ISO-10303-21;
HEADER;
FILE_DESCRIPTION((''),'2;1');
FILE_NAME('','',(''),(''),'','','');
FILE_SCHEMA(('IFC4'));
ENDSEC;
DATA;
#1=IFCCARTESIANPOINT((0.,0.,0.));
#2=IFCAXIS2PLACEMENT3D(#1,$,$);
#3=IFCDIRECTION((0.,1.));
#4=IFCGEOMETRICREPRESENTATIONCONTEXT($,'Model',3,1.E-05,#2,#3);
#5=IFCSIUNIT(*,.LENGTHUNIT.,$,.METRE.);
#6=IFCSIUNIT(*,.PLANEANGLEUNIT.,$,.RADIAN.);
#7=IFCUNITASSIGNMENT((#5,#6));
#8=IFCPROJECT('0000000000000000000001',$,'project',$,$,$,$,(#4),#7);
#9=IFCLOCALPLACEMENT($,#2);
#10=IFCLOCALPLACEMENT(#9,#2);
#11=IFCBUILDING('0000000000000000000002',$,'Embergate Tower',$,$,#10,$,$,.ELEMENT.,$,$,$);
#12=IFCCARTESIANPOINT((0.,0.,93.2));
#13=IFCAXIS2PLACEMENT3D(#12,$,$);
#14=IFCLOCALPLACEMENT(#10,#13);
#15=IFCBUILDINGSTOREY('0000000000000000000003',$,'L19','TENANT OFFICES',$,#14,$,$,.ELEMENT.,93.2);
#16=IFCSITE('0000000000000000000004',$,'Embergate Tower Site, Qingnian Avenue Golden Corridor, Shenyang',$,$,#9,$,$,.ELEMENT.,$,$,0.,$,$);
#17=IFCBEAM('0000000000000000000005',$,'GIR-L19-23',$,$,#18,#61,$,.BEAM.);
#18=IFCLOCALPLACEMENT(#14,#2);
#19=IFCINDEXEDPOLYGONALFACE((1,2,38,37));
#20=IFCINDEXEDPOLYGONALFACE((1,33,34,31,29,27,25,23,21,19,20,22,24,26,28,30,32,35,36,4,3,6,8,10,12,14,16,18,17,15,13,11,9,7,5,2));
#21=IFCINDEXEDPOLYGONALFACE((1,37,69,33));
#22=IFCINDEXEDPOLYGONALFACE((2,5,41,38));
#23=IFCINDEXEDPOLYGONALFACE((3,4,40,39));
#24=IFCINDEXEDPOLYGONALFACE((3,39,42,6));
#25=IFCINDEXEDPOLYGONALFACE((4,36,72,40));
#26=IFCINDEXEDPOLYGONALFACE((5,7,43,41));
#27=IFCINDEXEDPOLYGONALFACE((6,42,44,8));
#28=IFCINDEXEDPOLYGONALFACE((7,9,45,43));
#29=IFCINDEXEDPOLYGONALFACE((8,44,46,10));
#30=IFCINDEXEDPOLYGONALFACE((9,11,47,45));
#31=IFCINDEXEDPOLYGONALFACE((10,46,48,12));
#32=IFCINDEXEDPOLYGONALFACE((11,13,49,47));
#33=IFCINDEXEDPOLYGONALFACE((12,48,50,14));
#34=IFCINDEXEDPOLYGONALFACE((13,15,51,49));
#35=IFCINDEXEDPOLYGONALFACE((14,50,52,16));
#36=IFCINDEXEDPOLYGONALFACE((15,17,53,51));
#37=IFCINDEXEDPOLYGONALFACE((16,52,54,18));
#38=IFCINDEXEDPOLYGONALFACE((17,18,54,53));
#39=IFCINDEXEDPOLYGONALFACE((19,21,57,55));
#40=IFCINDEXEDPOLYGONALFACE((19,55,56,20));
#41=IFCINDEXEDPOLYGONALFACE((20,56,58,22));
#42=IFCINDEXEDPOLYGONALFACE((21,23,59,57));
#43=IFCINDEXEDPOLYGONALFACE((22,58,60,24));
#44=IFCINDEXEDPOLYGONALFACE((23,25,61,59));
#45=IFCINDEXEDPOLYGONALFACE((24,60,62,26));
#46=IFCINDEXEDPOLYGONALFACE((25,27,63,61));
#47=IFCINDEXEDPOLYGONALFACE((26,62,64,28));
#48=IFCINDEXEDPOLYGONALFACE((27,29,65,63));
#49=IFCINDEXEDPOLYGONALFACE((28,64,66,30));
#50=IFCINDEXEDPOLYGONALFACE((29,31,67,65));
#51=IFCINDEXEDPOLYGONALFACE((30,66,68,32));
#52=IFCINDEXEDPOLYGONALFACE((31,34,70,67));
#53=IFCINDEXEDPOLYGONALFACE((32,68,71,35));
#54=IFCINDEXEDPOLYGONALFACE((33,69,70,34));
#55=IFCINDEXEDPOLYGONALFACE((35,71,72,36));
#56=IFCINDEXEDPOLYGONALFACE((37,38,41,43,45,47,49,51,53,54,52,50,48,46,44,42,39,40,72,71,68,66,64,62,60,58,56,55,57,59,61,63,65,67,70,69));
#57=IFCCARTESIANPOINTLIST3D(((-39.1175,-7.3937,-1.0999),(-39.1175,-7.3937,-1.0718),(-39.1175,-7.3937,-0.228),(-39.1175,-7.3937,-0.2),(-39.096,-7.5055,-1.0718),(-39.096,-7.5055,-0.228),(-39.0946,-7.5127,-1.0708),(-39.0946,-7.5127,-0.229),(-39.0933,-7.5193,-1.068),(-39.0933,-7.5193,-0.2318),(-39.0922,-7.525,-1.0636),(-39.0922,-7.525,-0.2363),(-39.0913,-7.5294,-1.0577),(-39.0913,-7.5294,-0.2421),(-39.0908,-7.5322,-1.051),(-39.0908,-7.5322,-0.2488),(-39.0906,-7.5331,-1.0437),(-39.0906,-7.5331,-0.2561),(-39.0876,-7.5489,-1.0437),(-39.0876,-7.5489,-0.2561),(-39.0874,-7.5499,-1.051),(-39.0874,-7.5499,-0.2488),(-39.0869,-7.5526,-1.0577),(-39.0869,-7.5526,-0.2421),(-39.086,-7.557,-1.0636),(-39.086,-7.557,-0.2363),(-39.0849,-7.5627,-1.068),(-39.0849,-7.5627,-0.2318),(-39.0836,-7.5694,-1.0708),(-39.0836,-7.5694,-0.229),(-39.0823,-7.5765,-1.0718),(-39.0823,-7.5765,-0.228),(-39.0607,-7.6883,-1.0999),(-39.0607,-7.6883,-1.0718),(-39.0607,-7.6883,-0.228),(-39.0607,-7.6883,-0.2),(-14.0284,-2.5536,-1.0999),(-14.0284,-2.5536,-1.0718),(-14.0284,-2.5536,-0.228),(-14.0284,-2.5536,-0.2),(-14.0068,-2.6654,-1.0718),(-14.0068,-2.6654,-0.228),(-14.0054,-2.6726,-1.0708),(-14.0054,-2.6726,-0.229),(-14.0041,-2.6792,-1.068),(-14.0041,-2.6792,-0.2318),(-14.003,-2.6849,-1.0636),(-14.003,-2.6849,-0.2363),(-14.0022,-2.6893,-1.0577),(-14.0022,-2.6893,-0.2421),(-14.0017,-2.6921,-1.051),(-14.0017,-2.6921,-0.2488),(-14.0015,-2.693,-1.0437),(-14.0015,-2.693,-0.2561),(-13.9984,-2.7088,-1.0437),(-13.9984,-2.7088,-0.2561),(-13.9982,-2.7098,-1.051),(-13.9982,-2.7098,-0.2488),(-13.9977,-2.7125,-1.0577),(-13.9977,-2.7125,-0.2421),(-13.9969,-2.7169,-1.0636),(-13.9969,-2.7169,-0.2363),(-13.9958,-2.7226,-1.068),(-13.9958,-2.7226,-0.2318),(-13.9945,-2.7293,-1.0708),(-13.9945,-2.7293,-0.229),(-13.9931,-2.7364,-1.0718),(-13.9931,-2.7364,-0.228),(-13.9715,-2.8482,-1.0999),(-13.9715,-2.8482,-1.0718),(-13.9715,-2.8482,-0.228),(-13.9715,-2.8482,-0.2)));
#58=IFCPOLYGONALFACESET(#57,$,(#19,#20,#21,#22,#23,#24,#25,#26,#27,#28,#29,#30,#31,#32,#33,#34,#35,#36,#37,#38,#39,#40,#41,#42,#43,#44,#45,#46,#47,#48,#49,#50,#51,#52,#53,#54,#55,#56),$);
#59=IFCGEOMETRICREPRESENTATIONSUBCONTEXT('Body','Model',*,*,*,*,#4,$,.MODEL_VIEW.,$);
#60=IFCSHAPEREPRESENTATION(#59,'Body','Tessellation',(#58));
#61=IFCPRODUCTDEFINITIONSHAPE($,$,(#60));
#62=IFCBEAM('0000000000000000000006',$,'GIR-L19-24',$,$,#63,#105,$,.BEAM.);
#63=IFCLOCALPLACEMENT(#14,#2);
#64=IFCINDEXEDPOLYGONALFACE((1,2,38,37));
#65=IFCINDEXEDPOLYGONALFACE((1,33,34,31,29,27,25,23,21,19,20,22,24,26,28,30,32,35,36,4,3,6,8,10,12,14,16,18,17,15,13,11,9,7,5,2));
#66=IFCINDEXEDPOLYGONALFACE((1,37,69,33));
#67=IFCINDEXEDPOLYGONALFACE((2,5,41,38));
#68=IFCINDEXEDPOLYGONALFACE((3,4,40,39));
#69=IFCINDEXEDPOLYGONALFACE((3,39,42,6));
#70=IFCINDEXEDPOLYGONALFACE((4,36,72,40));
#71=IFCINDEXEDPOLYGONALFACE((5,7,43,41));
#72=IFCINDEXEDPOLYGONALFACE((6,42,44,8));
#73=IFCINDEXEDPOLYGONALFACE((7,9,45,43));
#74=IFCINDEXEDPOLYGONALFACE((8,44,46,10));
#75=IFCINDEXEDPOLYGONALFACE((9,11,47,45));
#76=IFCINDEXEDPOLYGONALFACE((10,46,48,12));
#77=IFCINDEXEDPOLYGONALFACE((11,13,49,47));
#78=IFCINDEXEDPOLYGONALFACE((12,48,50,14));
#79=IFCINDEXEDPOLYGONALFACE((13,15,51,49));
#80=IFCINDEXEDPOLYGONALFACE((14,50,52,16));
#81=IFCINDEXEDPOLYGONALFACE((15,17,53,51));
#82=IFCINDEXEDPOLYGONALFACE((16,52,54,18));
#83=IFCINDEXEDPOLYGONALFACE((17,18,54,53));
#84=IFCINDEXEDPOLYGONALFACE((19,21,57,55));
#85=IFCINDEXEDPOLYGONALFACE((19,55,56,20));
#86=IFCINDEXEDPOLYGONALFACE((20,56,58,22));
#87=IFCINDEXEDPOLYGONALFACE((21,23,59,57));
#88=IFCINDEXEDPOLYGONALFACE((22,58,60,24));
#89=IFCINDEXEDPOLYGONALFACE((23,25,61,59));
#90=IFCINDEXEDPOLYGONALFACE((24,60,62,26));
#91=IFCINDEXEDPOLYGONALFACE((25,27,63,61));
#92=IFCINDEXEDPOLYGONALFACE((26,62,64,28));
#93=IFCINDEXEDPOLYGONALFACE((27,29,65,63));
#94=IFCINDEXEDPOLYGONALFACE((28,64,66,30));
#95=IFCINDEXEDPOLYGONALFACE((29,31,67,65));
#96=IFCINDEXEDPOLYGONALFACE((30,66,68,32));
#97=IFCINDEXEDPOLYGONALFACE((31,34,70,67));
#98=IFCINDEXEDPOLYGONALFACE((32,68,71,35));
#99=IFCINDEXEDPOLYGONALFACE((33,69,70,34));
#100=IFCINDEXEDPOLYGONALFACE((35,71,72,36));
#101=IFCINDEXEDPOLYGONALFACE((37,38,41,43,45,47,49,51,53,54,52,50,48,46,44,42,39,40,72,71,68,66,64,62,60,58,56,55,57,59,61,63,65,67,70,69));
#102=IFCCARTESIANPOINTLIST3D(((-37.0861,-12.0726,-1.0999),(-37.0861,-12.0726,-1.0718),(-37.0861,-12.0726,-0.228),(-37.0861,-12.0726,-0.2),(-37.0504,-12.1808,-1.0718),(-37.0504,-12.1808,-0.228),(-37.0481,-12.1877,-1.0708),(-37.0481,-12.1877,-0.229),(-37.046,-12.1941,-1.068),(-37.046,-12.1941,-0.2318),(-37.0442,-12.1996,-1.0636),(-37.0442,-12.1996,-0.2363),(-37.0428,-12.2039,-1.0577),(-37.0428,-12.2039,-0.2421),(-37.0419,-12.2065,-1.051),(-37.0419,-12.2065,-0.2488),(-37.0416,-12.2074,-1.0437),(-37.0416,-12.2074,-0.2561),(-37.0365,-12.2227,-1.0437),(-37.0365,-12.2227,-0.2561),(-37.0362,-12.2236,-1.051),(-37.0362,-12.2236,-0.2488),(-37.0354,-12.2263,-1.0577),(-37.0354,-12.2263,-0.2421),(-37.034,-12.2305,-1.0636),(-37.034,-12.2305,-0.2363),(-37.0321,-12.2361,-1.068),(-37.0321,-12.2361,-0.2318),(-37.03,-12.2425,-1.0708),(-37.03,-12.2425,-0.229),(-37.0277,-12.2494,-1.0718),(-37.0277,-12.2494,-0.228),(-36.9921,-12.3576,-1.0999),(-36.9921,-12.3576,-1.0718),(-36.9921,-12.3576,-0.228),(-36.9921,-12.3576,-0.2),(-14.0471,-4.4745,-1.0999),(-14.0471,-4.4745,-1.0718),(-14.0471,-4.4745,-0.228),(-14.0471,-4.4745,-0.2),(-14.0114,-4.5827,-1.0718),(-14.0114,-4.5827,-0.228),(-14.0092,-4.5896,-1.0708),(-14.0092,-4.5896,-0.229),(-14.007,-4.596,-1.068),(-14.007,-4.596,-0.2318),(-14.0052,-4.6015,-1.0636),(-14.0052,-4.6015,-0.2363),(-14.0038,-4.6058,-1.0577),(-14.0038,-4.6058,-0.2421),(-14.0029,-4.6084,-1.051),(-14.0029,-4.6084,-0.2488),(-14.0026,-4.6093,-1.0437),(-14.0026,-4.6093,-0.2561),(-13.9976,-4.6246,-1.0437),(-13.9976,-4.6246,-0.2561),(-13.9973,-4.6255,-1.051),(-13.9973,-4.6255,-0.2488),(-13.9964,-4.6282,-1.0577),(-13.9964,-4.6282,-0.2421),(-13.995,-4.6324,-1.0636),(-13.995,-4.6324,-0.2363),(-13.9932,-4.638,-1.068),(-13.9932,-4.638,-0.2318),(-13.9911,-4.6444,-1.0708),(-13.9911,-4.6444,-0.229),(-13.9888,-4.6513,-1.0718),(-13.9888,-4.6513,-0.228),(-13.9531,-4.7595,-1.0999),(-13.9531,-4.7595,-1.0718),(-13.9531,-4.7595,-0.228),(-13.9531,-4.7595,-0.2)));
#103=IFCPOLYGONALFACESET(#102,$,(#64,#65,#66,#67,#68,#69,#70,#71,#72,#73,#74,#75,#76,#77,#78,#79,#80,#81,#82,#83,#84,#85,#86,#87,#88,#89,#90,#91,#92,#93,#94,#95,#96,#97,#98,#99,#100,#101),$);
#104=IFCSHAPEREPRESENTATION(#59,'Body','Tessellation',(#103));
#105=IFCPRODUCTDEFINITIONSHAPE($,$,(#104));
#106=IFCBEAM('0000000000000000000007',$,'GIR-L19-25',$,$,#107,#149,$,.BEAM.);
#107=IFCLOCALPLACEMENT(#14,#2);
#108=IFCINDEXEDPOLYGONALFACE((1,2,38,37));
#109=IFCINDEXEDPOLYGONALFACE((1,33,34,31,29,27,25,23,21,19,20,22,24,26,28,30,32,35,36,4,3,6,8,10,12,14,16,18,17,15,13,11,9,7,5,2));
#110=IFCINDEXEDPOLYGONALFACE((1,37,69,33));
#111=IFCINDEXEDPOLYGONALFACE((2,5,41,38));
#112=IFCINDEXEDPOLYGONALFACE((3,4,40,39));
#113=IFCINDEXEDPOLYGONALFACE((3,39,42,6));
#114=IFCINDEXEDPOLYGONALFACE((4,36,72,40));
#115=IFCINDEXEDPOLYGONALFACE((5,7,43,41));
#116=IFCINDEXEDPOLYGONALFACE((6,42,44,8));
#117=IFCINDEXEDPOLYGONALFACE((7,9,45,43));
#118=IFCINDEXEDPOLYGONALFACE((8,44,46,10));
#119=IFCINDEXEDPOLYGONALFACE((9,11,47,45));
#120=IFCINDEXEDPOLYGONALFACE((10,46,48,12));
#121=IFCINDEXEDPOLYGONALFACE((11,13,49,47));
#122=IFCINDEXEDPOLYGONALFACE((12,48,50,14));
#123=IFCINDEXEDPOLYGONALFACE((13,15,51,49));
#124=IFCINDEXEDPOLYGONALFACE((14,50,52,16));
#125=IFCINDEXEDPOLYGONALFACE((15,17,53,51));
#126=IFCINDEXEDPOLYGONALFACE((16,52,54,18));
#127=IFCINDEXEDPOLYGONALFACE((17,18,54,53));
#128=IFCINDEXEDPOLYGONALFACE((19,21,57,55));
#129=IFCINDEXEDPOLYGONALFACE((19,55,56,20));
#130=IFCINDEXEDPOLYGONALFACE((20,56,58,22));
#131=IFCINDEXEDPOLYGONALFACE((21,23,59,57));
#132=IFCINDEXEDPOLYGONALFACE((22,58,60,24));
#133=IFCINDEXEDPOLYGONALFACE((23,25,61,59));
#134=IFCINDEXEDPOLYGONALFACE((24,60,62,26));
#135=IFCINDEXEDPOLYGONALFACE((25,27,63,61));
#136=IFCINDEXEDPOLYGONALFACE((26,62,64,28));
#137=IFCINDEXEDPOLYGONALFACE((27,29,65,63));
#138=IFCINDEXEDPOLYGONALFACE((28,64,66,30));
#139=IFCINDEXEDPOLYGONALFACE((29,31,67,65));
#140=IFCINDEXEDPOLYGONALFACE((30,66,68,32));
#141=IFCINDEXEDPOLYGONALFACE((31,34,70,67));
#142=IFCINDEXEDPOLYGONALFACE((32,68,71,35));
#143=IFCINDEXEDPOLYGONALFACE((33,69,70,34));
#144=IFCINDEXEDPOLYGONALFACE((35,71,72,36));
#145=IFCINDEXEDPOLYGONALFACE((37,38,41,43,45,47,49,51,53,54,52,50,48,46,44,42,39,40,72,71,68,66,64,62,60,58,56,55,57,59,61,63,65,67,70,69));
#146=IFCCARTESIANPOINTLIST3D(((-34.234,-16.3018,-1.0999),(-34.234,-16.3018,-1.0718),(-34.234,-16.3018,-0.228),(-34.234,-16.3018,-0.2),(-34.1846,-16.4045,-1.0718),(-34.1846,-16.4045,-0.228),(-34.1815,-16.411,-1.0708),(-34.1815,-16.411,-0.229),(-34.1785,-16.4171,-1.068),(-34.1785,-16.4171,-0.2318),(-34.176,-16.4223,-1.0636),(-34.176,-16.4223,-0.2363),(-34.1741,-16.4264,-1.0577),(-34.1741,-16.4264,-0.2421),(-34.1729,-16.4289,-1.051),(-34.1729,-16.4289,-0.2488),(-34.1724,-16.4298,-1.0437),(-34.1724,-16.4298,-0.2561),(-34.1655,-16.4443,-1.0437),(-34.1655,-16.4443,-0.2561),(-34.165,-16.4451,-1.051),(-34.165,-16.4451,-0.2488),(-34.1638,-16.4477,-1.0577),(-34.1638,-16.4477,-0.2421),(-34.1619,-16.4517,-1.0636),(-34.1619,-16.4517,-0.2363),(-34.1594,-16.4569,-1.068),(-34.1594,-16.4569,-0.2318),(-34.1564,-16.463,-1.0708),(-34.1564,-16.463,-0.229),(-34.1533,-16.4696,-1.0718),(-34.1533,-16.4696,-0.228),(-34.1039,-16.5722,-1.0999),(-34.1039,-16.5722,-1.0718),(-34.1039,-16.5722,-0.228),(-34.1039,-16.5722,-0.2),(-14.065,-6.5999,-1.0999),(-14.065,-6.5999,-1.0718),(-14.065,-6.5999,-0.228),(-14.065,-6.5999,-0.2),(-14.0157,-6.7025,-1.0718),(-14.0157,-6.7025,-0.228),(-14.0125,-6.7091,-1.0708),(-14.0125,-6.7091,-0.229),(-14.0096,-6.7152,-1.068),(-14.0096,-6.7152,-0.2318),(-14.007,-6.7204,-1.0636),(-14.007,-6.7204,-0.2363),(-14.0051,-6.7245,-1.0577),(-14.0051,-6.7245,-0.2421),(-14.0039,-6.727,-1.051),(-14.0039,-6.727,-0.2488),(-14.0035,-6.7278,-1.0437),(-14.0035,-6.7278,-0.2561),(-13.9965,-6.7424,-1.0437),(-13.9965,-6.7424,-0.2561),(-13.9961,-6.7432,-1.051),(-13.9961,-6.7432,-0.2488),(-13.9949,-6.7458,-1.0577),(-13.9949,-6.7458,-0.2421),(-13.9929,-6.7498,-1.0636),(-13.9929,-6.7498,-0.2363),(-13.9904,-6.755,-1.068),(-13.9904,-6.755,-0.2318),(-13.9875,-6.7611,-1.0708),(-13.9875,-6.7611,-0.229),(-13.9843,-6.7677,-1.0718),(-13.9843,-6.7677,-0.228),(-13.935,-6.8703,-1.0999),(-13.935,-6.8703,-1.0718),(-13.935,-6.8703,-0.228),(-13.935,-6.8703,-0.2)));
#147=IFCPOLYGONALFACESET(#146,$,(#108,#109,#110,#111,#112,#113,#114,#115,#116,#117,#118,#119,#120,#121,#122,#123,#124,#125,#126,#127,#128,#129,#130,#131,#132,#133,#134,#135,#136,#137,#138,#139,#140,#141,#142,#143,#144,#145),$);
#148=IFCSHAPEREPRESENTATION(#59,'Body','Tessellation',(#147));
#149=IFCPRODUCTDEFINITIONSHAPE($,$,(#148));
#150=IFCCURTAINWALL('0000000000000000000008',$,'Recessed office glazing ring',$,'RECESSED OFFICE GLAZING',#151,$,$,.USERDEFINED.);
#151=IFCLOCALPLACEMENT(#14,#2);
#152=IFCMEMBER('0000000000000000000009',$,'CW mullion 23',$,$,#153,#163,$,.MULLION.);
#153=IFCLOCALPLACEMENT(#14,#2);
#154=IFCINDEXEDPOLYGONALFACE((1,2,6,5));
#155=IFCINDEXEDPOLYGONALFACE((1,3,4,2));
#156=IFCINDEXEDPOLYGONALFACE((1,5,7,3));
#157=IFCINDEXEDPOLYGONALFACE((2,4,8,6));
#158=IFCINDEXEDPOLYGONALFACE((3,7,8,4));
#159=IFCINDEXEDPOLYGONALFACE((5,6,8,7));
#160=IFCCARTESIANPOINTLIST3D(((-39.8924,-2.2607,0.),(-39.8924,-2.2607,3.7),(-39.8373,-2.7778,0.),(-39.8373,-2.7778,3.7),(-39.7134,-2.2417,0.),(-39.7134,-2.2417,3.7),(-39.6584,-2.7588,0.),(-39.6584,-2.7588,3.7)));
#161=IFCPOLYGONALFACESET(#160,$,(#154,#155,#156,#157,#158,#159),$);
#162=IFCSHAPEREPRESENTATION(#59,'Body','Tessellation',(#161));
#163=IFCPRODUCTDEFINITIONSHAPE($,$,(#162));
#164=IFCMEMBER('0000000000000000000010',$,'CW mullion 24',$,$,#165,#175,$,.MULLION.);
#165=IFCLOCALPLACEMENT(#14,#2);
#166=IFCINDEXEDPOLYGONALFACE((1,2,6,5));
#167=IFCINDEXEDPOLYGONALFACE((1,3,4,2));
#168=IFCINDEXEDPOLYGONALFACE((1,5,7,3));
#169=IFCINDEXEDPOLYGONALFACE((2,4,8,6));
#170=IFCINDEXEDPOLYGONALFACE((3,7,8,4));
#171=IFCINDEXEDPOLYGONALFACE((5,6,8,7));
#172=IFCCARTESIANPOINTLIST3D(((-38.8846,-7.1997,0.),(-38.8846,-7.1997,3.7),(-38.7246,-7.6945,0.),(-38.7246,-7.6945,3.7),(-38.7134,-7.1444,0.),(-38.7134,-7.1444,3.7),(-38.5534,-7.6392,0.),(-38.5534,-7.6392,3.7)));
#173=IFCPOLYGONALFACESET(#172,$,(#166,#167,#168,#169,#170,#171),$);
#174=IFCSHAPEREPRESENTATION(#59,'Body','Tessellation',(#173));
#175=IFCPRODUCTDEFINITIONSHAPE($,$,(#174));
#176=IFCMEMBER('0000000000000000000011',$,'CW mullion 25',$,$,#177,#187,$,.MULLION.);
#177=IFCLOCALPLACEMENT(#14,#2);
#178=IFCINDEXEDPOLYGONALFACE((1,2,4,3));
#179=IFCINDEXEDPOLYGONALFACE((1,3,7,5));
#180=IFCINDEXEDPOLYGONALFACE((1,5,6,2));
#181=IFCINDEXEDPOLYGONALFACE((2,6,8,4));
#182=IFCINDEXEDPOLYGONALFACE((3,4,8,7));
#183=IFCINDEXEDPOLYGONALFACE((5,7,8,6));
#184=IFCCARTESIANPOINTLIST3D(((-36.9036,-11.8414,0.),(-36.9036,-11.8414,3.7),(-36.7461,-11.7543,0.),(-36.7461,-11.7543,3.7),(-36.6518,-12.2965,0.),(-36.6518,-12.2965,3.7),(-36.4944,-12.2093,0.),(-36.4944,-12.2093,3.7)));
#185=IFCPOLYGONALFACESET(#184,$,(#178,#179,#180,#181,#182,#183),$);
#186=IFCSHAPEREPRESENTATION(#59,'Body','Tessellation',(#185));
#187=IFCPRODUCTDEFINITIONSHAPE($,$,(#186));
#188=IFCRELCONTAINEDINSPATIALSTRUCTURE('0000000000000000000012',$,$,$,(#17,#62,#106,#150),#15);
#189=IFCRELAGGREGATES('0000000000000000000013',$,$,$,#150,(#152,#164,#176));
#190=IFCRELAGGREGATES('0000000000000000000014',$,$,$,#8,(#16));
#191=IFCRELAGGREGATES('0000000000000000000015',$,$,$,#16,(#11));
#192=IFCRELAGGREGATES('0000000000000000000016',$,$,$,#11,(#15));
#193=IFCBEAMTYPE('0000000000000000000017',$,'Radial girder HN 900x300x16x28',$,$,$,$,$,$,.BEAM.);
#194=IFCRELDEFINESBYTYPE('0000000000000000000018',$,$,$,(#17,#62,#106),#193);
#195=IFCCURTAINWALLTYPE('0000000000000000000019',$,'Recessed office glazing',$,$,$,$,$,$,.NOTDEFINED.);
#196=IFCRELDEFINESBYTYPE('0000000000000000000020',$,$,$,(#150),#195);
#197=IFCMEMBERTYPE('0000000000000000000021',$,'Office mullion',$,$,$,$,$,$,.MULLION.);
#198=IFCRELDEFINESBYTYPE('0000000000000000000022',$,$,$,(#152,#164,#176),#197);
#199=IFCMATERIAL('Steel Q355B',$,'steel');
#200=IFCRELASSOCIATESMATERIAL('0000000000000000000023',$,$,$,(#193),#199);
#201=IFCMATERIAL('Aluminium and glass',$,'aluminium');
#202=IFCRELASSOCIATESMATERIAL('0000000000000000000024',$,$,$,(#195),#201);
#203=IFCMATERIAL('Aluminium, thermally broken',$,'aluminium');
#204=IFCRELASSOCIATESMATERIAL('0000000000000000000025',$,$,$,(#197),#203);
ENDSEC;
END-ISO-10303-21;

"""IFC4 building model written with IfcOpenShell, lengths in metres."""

from ifc_helpers import new_model, si_unit, direction, frame, origin, origin_2d, place, context, subcontext, project, spatial, rectangle, i_section, extrude, source, transform, mapped, material, material_profile, profile_set, type_object, element, aggregate, save


model = new_model("IFC4")

# Units and contexts
model_context = context("Model", 3, precision=1e-05, world=origin(), true_north=direction((0.0, 1.0)))
body_context = subcontext(model_context, "Body", "Model", "MODEL_VIEW")
ifc_project = project(units=[si_unit("LENGTHUNIT", "METRE"), si_unit("PLANEANGLEUNIT", "RADIAN")], contexts=[model_context])

# Site, building, storey
site_placement = place(None, origin())
site = spatial("IfcSite", under=ifc_project, at=site_placement, Name="Embergate Tower Site, Qingnian Avenue Golden Corridor, Shenyang", CompositionType="ELEMENT", RefElevation=0.0)
building_placement = place(site_placement, origin())
building = spatial("IfcBuilding", under=site, at=building_placement, Name="Embergate Tower", CompositionType="ELEMENT")
storey_placement = place(building_placement, frame((0.0, 0.0, 93.2)))
storey = spatial("IfcBuildingStorey", under=building, at=storey_placement, Name="L19", Description="TENANT OFFICES", CompositionType="ELEMENT", Elevation=93.2)

# Beams
ifc_material_1 = material(Name="Steel Q355B", Category="steel")
ifc_material_profile_1 = material_profile(ifc_material_1, i_section(OverallWidth=0.3, OverallDepth=0.8999, WebThickness=0.0161, FlangeThickness=0.0281, FilletRadius=0.0281, at=origin_2d()), Name="HN 900x300x16x28")
ifc_profile_set_1 = profile_set([ifc_material_profile_1], Name="Steel Q355 grade B")
beam_type_1 = type_object("IfcBeamType", Name="Radial girder HN 900x300x16x28", PredefinedType="BEAM", material=ifc_profile_set_1)
shared_shape_1 = source(origin(), body_context, "Body", "SweptSolid", [
    extrude(i_section(OverallWidth=0.3, OverallDepth=0.8999, WebThickness=0.0161, FlangeThickness=0.0281, FilletRadius=0.0281, at=origin_2d()), origin(), (0.0, 0.0, 1.0), 25.5518),
])
beam_1_placement = place(storey_placement, frame((-39.0891, -7.541, -0.6499), z_axis=(0.981896, 0.189423, 0.0), x_axis=(-0.189423, 0.981896, 0.0)))
element("IfcBeam", 1, at=beam_1_placement, inside=storey, type_object=beam_type_1, Name="GIR-L19-23", PredefinedType="BEAM", context=body_context, shape_type="MappedRepresentation", body=[
    mapped(shared_shape_1, transform((0.0, 0.0, 0.0))),
])
shared_shape_2 = source(origin(), body_context, "Body", "SweptSolid", [
    extrude(i_section(OverallWidth=0.3, OverallDepth=0.8999, WebThickness=0.0161, FlangeThickness=0.0281, FilletRadius=0.0281, at=origin_2d()), origin(), (0.0, 0.0, 1.0), 24.2595),
])
beam_2_placement = place(storey_placement, frame((-37.0391, -12.2151, -0.6499), z_axis=(0.949687, 0.313201, 0.0), x_axis=(-0.313201, 0.949687, 0.0)))
element("IfcBeam", 2, at=beam_2_placement, inside=storey, type_object=beam_type_1, Name="GIR-L19-24", PredefinedType="BEAM", context=body_context, shape_type="MappedRepresentation", body=[
    mapped(shared_shape_2, transform((0.0, 0.0, 0.0))),
])
shared_shape_3 = source(origin(), body_context, "Body", "SweptSolid", [
    extrude(i_section(OverallWidth=0.3, OverallDepth=0.8999, WebThickness=0.0161, FlangeThickness=0.0281, FilletRadius=0.0281, at=origin_2d()), origin(), (0.0, 0.0, 1.0), 22.3811),
])
beam_3_placement = place(storey_placement, frame((-34.1689, -16.437, -0.6499), z_axis=(0.90116, 0.433487, 0.0), x_axis=(-0.433487, 0.90116, 0.0)))
element("IfcBeam", 3, at=beam_3_placement, inside=storey, type_object=beam_type_1, Name="GIR-L19-25", PredefinedType="BEAM", context=body_context, shape_type="MappedRepresentation", body=[
    mapped(shared_shape_3, transform((0.0, 0.0, 0.0))),
])

# Curtain wall, members
ifc_material_2 = material(Name="Aluminium and glass", Category="aluminium")
curtain_wall_type = type_object("IfcCurtainWallType", Name="Recessed office glazing", PredefinedType="NOTDEFINED", material=ifc_material_2)
curtain_wall_placement = place(storey_placement, origin())
curtain_wall = element("IfcCurtainWall", 4, at=curtain_wall_placement, inside=storey, type_object=curtain_wall_type, Name="Recessed office glazing ring", ObjectType="RECESSED OFFICE GLAZING", PredefinedType="USERDEFINED")
ifc_material_3 = material(Name="Aluminium, thermally broken", Category="aluminium")
ifc_material_profile_2 = material_profile(ifc_material_3, rectangle(XDim=0.1799, YDim=0.52, at=origin_2d()), Name="AL 520x180")
ifc_profile_set_2 = profile_set([ifc_material_profile_2], Name="Aluminium, thermally broken")
member_type_1 = type_object("IfcMemberType", Name="Office mullion", PredefinedType="MULLION", material=ifc_profile_set_2)
shared_shape_4 = source(origin(), body_context, "Body", "SweptSolid", [
    extrude(rectangle(XDim=0.1799, YDim=0.52, at=origin_2d()), origin(), (0.0, 0.0, 1.0), 3.7),
])
member_1_placement = place(storey_placement, frame((-39.7754, -2.5098, 0.0), z_axis=(0.0, 0.0, 1.0), x_axis=(0.994385, 0.10582, 0.0)))
member_1 = element("IfcMember", 5, at=member_1_placement, type_object=member_type_1, Name="CW mullion 23", PredefinedType="MULLION", context=body_context, shape_type="MappedRepresentation", body=[
    mapped(shared_shape_4, transform((0.0, 0.0, 0.0))),
])
member_2_placement = place(storey_placement, frame((-38.719, -7.4194, 0.0), z_axis=(0.0, 0.0, 1.0), x_axis=(0.9515, 0.307647, 0.0)))
member_2 = element("IfcMember", 6, at=member_2_placement, type_object=member_type_1, Name="CW mullion 24", PredefinedType="MULLION", context=body_context, shape_type="MappedRepresentation", body=[
    mapped(shared_shape_4, transform((0.0, 0.0, 0.0))),
])
member_3_placement = place(storey_placement, frame((-36.699, -12.0254, 0.0), z_axis=(0.0, 0.0, 1.0), x_axis=(0.875006, 0.484112, 0.0)))
member_3 = element("IfcMember", 7, at=member_3_placement, type_object=member_type_1, Name="CW mullion 25", PredefinedType="MULLION", context=body_context, shape_type="MappedRepresentation", body=[
    mapped(shared_shape_4, transform((0.0, 0.0, 0.0))),
])
aggregate(curtain_wall, [member_1, member_2, member_3])

save(model, "model.ifc")
